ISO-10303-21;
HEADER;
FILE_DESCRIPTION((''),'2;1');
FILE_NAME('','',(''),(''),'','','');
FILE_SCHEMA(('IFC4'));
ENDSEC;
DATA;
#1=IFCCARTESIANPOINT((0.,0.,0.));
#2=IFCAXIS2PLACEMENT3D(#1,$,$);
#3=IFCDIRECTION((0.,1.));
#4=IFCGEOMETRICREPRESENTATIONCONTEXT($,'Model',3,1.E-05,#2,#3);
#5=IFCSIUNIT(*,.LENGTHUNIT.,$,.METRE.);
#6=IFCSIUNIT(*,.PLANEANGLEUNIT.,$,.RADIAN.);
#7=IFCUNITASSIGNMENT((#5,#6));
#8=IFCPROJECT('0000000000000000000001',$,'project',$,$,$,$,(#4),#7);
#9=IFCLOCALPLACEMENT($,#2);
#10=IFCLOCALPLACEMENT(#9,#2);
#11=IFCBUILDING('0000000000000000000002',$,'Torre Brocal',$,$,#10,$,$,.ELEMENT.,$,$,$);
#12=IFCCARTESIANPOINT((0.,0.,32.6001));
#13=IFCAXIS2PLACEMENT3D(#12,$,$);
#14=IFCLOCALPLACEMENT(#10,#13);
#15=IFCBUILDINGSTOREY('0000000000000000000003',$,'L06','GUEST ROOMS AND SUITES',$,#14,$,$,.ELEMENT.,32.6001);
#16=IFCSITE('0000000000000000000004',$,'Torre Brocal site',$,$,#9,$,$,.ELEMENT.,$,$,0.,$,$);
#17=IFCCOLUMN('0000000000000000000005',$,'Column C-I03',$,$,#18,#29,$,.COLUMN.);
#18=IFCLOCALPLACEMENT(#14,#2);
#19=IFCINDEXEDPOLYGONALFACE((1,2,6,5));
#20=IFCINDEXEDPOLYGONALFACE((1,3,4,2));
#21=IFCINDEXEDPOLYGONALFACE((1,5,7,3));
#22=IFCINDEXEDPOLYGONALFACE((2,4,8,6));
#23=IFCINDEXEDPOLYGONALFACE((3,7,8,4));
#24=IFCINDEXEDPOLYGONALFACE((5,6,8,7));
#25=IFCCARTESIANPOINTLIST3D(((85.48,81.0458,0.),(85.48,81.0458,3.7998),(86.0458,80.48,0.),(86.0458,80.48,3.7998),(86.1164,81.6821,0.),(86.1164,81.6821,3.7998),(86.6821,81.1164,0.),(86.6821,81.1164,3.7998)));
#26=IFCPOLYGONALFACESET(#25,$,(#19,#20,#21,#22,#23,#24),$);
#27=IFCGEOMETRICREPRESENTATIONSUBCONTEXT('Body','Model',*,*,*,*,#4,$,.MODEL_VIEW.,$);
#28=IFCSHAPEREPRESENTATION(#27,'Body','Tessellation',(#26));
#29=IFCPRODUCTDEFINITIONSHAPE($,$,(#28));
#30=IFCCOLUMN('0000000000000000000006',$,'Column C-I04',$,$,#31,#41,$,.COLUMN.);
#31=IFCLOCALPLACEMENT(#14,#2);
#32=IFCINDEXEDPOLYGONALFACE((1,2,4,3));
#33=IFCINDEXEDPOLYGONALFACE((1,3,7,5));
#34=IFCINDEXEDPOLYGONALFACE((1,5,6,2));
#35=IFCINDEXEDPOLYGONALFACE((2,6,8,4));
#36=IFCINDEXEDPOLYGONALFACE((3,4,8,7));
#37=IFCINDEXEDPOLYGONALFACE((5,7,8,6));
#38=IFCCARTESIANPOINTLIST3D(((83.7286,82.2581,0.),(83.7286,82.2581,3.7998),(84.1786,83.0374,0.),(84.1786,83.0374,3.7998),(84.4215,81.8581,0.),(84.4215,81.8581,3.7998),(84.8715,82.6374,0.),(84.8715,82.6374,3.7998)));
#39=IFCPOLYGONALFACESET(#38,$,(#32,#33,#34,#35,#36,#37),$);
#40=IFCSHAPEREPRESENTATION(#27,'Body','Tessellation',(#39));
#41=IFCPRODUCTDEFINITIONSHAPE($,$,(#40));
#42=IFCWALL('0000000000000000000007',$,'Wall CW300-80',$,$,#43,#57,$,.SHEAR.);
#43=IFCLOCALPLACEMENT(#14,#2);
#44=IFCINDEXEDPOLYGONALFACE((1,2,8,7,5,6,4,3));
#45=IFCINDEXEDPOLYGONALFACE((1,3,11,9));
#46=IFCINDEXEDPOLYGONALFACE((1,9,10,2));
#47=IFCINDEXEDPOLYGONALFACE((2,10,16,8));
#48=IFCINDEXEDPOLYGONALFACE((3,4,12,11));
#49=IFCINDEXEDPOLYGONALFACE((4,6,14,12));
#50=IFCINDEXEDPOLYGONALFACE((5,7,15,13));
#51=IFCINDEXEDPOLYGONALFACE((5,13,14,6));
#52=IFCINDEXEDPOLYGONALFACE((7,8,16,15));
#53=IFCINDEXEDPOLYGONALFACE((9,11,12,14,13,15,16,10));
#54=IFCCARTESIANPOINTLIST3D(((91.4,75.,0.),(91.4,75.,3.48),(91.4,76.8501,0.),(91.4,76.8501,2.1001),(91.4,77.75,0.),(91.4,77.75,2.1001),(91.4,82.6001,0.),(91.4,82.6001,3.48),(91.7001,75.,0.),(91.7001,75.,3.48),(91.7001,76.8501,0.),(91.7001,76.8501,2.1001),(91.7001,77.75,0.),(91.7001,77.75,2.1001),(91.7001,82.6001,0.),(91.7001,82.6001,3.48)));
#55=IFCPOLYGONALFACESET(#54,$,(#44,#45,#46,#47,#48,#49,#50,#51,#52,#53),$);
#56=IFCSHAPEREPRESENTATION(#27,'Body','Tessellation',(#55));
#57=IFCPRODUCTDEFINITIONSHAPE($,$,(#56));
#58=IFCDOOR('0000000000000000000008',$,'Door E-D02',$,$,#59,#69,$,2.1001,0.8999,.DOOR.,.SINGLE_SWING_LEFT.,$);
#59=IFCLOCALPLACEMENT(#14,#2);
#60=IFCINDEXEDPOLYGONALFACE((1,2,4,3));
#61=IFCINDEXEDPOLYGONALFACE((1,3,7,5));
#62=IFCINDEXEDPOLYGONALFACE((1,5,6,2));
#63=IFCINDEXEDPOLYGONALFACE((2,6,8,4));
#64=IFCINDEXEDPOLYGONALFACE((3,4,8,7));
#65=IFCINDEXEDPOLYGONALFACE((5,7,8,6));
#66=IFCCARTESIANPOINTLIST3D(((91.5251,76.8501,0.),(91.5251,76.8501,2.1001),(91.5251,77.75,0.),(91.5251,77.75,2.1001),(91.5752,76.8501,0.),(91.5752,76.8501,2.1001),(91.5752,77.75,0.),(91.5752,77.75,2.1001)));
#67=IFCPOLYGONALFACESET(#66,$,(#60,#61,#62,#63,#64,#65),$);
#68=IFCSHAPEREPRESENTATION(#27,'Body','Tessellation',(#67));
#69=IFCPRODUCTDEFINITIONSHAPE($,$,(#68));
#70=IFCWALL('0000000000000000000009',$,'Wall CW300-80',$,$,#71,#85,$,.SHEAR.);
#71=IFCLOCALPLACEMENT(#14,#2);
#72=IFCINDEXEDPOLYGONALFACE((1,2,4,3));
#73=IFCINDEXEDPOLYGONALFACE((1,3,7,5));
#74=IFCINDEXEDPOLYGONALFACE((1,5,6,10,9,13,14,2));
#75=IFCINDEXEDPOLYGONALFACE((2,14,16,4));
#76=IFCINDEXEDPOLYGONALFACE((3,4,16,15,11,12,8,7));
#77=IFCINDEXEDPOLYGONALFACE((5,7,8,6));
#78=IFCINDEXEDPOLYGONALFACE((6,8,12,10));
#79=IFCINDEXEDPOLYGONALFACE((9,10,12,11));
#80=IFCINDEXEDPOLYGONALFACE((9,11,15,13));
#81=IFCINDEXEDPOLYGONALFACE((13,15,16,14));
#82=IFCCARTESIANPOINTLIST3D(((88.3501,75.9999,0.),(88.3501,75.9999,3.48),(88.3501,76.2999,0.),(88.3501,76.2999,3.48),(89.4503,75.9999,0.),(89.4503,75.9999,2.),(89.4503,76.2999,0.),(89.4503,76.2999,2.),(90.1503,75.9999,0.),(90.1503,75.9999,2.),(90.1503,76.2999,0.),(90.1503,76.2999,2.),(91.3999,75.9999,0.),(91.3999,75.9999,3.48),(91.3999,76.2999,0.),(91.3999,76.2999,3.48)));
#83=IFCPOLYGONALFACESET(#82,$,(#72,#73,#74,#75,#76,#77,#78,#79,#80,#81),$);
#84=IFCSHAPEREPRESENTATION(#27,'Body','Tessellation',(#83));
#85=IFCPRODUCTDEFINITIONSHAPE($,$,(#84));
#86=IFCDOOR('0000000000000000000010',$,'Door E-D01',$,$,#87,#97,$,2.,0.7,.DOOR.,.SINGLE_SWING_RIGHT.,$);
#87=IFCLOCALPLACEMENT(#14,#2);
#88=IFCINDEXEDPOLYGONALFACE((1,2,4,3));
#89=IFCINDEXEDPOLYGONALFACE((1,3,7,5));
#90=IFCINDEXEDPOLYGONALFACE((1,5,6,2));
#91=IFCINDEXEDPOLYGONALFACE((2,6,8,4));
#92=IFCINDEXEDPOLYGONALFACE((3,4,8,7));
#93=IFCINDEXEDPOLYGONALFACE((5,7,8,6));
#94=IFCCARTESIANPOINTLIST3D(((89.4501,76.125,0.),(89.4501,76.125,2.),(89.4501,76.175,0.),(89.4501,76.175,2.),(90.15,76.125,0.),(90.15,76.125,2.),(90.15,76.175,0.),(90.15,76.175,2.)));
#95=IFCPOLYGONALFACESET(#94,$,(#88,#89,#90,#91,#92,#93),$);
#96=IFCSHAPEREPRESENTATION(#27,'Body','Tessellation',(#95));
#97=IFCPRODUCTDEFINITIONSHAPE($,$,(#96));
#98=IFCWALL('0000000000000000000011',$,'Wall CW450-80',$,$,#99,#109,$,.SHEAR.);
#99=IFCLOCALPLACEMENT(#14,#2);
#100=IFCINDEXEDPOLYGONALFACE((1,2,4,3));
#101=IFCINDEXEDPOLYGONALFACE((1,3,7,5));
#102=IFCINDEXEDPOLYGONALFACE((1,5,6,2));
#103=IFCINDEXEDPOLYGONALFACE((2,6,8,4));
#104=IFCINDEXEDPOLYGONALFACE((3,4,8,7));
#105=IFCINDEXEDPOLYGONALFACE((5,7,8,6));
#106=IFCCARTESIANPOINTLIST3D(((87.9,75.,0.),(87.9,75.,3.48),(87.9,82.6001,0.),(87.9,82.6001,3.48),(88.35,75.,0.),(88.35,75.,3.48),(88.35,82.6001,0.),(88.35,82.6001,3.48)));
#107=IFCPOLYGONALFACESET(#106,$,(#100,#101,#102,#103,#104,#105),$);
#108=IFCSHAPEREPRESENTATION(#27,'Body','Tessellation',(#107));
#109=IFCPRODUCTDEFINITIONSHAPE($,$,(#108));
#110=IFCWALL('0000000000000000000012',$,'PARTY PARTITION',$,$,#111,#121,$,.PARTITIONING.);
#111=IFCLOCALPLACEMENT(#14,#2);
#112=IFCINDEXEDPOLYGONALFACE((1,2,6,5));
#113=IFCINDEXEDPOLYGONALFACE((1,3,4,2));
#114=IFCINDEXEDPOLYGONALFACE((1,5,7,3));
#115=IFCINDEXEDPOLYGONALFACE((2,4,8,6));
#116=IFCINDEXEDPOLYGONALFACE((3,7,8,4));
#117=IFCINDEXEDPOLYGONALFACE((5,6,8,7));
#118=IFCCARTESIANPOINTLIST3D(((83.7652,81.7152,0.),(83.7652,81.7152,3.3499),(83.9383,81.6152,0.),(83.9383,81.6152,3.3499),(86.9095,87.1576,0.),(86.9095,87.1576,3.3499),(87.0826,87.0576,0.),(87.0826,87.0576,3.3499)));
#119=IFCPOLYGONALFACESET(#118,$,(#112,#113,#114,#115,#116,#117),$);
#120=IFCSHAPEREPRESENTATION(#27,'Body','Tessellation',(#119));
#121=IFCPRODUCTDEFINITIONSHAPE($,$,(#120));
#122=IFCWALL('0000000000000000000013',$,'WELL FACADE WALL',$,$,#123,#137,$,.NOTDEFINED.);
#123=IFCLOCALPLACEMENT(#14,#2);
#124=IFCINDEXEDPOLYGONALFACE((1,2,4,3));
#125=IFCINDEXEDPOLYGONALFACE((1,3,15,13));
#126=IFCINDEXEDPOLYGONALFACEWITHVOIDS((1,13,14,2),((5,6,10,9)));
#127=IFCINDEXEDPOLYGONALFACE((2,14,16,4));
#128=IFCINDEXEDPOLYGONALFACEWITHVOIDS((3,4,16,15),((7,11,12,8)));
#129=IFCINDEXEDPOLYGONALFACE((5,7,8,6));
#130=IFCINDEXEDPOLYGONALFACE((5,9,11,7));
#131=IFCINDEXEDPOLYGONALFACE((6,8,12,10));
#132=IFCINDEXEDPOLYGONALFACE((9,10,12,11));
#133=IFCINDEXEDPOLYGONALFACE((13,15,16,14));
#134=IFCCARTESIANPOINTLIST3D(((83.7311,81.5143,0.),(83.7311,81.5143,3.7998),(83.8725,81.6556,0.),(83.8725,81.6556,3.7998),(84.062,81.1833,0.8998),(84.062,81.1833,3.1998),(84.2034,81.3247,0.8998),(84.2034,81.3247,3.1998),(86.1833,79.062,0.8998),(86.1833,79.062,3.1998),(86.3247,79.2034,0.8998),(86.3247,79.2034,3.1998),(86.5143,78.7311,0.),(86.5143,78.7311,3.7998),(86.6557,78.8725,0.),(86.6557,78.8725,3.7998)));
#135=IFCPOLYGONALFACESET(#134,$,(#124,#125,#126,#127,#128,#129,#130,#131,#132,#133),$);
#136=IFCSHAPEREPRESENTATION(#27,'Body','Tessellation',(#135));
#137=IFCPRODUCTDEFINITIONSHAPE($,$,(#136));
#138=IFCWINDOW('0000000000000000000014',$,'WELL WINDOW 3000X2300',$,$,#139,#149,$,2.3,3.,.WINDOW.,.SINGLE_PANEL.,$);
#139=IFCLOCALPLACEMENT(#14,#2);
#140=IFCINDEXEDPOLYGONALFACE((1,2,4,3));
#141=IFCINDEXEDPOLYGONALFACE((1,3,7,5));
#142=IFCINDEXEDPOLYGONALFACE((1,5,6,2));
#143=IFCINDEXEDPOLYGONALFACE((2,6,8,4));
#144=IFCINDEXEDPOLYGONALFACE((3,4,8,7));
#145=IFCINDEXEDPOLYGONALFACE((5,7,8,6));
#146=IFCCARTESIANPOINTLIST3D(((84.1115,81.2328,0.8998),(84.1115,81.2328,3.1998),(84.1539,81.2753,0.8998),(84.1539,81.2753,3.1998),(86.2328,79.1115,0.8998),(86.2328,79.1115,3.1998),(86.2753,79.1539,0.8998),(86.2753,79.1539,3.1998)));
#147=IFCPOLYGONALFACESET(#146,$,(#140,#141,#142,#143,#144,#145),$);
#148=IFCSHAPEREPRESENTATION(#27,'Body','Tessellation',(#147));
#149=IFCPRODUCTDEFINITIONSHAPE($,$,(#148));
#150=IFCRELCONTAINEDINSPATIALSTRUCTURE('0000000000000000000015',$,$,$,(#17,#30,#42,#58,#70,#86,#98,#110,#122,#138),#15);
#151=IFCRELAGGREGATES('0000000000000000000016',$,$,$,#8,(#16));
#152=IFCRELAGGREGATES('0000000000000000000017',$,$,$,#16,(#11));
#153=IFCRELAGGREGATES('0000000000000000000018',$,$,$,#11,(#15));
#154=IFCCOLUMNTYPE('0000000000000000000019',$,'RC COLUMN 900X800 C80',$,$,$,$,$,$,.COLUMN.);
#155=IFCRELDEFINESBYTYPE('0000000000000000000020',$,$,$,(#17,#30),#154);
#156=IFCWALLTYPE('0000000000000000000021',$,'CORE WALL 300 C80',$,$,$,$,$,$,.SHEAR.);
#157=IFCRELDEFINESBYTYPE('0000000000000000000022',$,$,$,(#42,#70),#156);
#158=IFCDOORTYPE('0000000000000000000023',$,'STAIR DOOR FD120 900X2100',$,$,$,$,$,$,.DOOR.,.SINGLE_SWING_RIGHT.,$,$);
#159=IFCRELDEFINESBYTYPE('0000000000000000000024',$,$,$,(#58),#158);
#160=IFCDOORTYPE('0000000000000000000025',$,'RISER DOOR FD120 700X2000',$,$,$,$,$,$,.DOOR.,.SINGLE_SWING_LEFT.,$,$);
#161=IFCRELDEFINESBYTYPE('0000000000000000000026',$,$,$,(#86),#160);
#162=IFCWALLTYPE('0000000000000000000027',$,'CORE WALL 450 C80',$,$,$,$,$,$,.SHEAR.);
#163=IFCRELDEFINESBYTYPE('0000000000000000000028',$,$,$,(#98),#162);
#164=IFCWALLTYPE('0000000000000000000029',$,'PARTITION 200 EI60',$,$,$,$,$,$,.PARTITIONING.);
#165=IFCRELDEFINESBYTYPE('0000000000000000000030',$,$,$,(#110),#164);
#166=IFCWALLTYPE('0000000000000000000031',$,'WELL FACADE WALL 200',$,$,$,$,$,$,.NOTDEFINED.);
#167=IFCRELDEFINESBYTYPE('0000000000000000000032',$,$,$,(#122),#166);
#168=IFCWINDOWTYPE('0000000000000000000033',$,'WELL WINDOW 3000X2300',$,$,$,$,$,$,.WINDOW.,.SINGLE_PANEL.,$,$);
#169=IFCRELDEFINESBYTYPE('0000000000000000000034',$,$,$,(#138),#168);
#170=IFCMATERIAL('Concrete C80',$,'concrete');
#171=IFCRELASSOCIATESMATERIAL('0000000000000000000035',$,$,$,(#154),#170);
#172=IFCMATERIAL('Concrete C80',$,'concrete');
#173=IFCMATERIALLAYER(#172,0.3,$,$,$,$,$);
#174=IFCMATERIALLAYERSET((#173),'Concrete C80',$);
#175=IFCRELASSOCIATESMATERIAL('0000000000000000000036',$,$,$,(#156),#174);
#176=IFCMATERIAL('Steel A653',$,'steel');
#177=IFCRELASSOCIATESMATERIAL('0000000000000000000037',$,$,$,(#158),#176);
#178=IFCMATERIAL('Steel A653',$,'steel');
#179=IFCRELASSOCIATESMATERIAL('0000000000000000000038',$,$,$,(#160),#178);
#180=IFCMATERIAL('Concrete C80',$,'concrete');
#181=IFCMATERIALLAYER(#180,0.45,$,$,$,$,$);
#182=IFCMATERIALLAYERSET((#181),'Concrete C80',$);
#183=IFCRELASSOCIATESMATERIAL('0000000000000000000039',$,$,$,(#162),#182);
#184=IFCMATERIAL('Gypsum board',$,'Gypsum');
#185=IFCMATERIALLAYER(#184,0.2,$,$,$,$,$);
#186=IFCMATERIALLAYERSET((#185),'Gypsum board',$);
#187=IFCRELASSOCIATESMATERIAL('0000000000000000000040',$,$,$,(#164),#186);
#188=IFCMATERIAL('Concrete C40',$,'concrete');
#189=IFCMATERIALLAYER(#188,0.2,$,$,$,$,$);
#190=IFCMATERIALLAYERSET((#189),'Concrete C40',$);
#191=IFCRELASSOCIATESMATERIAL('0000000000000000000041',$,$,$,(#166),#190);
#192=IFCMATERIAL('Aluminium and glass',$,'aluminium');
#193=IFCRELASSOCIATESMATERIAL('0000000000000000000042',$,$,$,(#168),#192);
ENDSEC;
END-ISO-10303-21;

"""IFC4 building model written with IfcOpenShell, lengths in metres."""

from ifc_helpers import new_model, si_unit, direction, frame, frame_2d, origin, origin_2d, place, context, subcontext, project, spatial, rectangle, extrude, material, layer, layer_set, material_profile, profile_set, type_object, element, fill, save


model = new_model("IFC4")

# Units and contexts
model_context = context("Model", 3, precision=1e-05, world=origin(), true_north=direction((0.0, 1.0)))
body_context = subcontext(model_context, "Body", "Model", "MODEL_VIEW")
ifc_project = project(units=[si_unit("LENGTHUNIT", "METRE"), si_unit("PLANEANGLEUNIT", "RADIAN")], contexts=[model_context])

# Site, building, storey
site_placement = place(None, origin())
site = spatial("IfcSite", under=ifc_project, at=site_placement, Name="Torre Brocal site", CompositionType="ELEMENT", RefElevation=0.0)
building_placement = place(site_placement, origin())
building = spatial("IfcBuilding", under=site, at=building_placement, Name="Torre Brocal", CompositionType="ELEMENT")
storey_placement = place(building_placement, frame((0.0, 0.0, 32.6001)))
storey = spatial("IfcBuildingStorey", under=building, at=storey_placement, Name="L06", Description="GUEST ROOMS AND SUITES", CompositionType="ELEMENT", Elevation=32.6001)

# Columns
ifc_material_1 = material(Name="Concrete C80", Category="concrete")
ifc_material_profile = material_profile(ifc_material_1, rectangle(XDim=0.8999, YDim=0.8, at=origin_2d()), Name="RC 900X800")
ifc_profile_set = profile_set([ifc_material_profile], Name="Concrete C80")
column_type = type_object("IfcColumnType", Name="RC COLUMN 900X800 C80", PredefinedType="COLUMN", material=ifc_profile_set)
for number, where, z_axis, x_axis, name in (
    (1, (86.0811, 81.0811, 0.0), (0.0, 0.0, 1.0), (0.707107, 0.707107, 0.0), "Column C-I03"),
    (2, (84.3, 82.4478, 0.0), (0.0, 0.0, 1.0), (0.5, 0.866025, 0.0), "Column C-I04"),
):
    element("IfcColumn", number, at=place(storey_placement, frame(where, z_axis=z_axis, x_axis=x_axis)), inside=storey, type_object=column_type, Name=name, PredefinedType="COLUMN", context=body_context, shape_type="SweptSolid", body=[
        extrude(rectangle(XDim=0.8999, YDim=0.8, at=origin_2d()), origin(), (0.0, 0.0, 1.0), 3.7998),
    ])

# Walls, openings, doors
ifc_material_2 = material(Name="Concrete C80", Category="concrete")
ifc_layer_1 = layer(ifc_material_2, 0.3)
ifc_layer_set_1 = layer_set([ifc_layer_1], Name="Concrete C80")
wall_type_1 = type_object("IfcWallType", Name="CORE WALL 300 C80", PredefinedType="SHEAR", material=ifc_layer_set_1)
wall_1_placement = place(storey_placement, frame((91.55, 75.0, 0.0), z_axis=(0.0, 0.0, 1.0), x_axis=(0.0, 1.0, 0.0)))
wall_1 = element("IfcWall", 3, at=wall_1_placement, inside=storey, type_object=wall_type_1, Name="Wall CW300-80", PredefinedType="SHEAR", context=body_context, shape_type="SweptSolid", body=[
    extrude(rectangle(XDim=7.6001, YDim=0.3, at=frame_2d((3.8, 0.0))), origin(), (0.0, 0.0, 1.0), 3.48),
])
opening_1_placement = place(wall_1_placement, frame((1.8501, 0.0, 0.0)))
opening_1 = element("IfcOpeningElement", 4, at=opening_1_placement, cuts=wall_1, PredefinedType="OPENING", context=body_context, shape_type="SweptSolid", body=[
    extrude(rectangle(XDim=0.8999, YDim=2.1001, at=frame_2d((0.45, 1.05))), frame((0.0, 0.1599, 0.0), z_axis=(0.0, -1.0, 0.0), x_axis=(1.0, 0.0, 0.0)), (0.0, 0.0, 1.0), 0.3201),
])
ifc_material_3 = material(Name="Steel A653", Category="steel")
door_type_1 = type_object("IfcDoorType", Name="STAIR DOOR FD120 900X2100", OperationType="SINGLE_SWING_RIGHT", PredefinedType="DOOR", material=ifc_material_3)
door_1_placement = place(opening_1_placement, origin())
door_1 = element("IfcDoor", 5, at=door_1_placement, inside=storey, type_object=door_type_1, Name="Door E-D02", OperationType="SINGLE_SWING_LEFT", OverallHeight=2.1001, OverallWidth=0.8999, PredefinedType="DOOR", context=body_context, shape_type="SweptSolid", body=[
    extrude(rectangle(XDim=0.8999, YDim=2.1001, at=frame_2d((0.45, 1.05))), frame((0.0, 0.0249, 0.0), z_axis=(0.0, -1.0, 0.0), x_axis=(1.0, 0.0, 0.0)), (0.0, 0.0, 1.0), 0.05),
])
fill(opening_1, door_1)
wall_2_placement = place(storey_placement, frame((88.3501, 76.1499, 0.0), z_axis=(0.0, 0.0, 1.0), x_axis=(1.0, 0.0, 0.0)))
wall_2 = element("IfcWall", 6, at=wall_2_placement, inside=storey, type_object=wall_type_1, Name="Wall CW300-80", PredefinedType="SHEAR", context=body_context, shape_type="SweptSolid", body=[
    extrude(rectangle(XDim=3.0498, YDim=0.3, at=frame_2d((1.5249, 0.0))), origin(), (0.0, 0.0, 1.0), 3.48),
])
opening_2_placement = place(wall_2_placement, frame((1.1001, 0.0, 0.0)))
opening_2 = element("IfcOpeningElement", 7, at=opening_2_placement, cuts=wall_2, PredefinedType="OPENING", context=body_context, shape_type="SweptSolid", body=[
    extrude(rectangle(XDim=0.7, YDim=2.0, at=frame_2d((0.3501, 1.0))), frame((0.0, 0.1599, 0.0), z_axis=(0.0, -1.0, 0.0), x_axis=(1.0, 0.0, 0.0)), (0.0, 0.0, 1.0), 0.3201),
])
ifc_material_4 = material(Name="Steel A653", Category="steel")
door_type_2 = type_object("IfcDoorType", Name="RISER DOOR FD120 700X2000", OperationType="SINGLE_SWING_LEFT", PredefinedType="DOOR", material=ifc_material_4)
door_2_placement = place(opening_2_placement, frame((0.7, 0.0, 0.0), z_axis=(0.0, 0.0, 1.0), x_axis=(-1.0, 0.0, 0.0)))
door_2 = element("IfcDoor", 8, at=door_2_placement, inside=storey, type_object=door_type_2, Name="Door E-D01", OperationType="SINGLE_SWING_RIGHT", OverallHeight=2.0, OverallWidth=0.7, PredefinedType="DOOR", context=body_context, shape_type="SweptSolid", body=[
    extrude(rectangle(XDim=0.7, YDim=2.0, at=frame_2d((0.3501, 1.0))), frame((0.0, 0.0249, 0.0), z_axis=(0.0, -1.0, 0.0), x_axis=(1.0, 0.0, 0.0)), (0.0, 0.0, 1.0), 0.05),
])
fill(opening_2, door_2)

# Walls
ifc_material_5 = material(Name="Concrete C80", Category="concrete")
ifc_layer_2 = layer(ifc_material_5, 0.45)
ifc_layer_set_2 = layer_set([ifc_layer_2], Name="Concrete C80")
wall_type_2 = type_object("IfcWallType", Name="CORE WALL 450 C80", PredefinedType="SHEAR", material=ifc_layer_set_2)
wall_3_placement = place(storey_placement, frame((88.125, 75.0, 0.0), z_axis=(0.0, 0.0, 1.0), x_axis=(0.0, 1.0, 0.0)))
element("IfcWall", 9, at=wall_3_placement, inside=storey, type_object=wall_type_2, Name="Wall CW450-80", PredefinedType="SHEAR", context=body_context, shape_type="SweptSolid", body=[
    extrude(rectangle(XDim=7.6001, YDim=0.45, at=frame_2d((3.8, 0.0))), origin(), (0.0, 0.0, 1.0), 3.48),
])
ifc_material_6 = material(Name="Gypsum board", Category="Gypsum")
ifc_layer_3 = layer(ifc_material_6, 0.2)
ifc_layer_set_3 = layer_set([ifc_layer_3], Name="Gypsum board")
wall_type_3 = type_object("IfcWallType", Name="PARTITION 200 EI60", PredefinedType="PARTITIONING", material=ifc_layer_set_3)
wall_4_placement = place(storey_placement, frame((83.8518, 81.6653, 0.0), z_axis=(0.0, 0.0, 1.0), x_axis=(0.500254, 0.865879, 0.0)))
element("IfcWall", 10, at=wall_4_placement, inside=storey, type_object=wall_type_3, Name="PARTY PARTITION", PredefinedType="PARTITIONING", context=body_context, shape_type="SweptSolid", body=[
    extrude(rectangle(XDim=6.2854, YDim=0.2, at=frame_2d((3.1426, 0.0))), origin(), (0.0, 0.0, 1.0), 3.3499),
])

# Wall, opening, window
ifc_material_7 = material(Name="Concrete C40", Category="concrete")
ifc_layer_4 = layer(ifc_material_7, 0.2)
ifc_layer_set_4 = layer_set([ifc_layer_4], Name="Concrete C40")
wall_type_4 = type_object("IfcWallType", Name="WELL FACADE WALL 200", PredefinedType="NOTDEFINED", material=ifc_layer_set_4)
wall_5_placement = place(storey_placement, frame((86.585, 78.8018, 0.0), z_axis=(0.0, 0.0, 1.0), x_axis=(-0.707107, 0.707107, 0.0)))
wall_5 = element("IfcWall", 11, at=wall_5_placement, inside=storey, type_object=wall_type_4, Name="WELL FACADE WALL", PredefinedType="NOTDEFINED", context=body_context, shape_type="SweptSolid", body=[
    extrude(rectangle(XDim=3.936, YDim=0.2, at=frame_2d((1.968, 0.0))), origin(), (0.0, 0.0, 1.0), 3.7998),
])
opening_3_placement = place(wall_5_placement, frame((0.468, 0.0, 0.8999)))
opening_3 = element("IfcOpeningElement", 12, at=opening_3_placement, cuts=wall_5, PredefinedType="OPENING", context=body_context, shape_type="SweptSolid", body=[
    extrude(rectangle(XDim=3.0, YDim=2.3, at=frame_2d((1.5, 1.1499))), frame((0.0, 0.1099, 0.0), z_axis=(0.0, -1.0, 0.0), x_axis=(1.0, 0.0, 0.0)), (0.0, 0.0, 1.0), 0.22),
])
ifc_material_8 = material(Name="Aluminium and glass", Category="aluminium")
window_type = type_object("IfcWindowType", Name="WELL WINDOW 3000X2300", PartitioningType="SINGLE_PANEL", PredefinedType="WINDOW", material=ifc_material_8)
window_1_placement = place(opening_3_placement, origin())
window_1 = element("IfcWindow", 13, at=window_1_placement, inside=storey, type_object=window_type, Name="WELL WINDOW 3000X2300", OverallHeight=2.3, OverallWidth=3.0, PartitioningType="SINGLE_PANEL", PredefinedType="WINDOW", context=body_context, shape_type="SweptSolid", body=[
    extrude(rectangle(XDim=3.0, YDim=2.3, at=frame_2d((1.5, 1.1499))), frame((0.0, 0.03, 0.0), z_axis=(0.0, -1.0, 0.0), x_axis=(1.0, 0.0, 0.0)), (0.0, 0.0, 1.0), 0.0601),
])
fill(opening_3, window_1)

save(model, "model.ifc")
